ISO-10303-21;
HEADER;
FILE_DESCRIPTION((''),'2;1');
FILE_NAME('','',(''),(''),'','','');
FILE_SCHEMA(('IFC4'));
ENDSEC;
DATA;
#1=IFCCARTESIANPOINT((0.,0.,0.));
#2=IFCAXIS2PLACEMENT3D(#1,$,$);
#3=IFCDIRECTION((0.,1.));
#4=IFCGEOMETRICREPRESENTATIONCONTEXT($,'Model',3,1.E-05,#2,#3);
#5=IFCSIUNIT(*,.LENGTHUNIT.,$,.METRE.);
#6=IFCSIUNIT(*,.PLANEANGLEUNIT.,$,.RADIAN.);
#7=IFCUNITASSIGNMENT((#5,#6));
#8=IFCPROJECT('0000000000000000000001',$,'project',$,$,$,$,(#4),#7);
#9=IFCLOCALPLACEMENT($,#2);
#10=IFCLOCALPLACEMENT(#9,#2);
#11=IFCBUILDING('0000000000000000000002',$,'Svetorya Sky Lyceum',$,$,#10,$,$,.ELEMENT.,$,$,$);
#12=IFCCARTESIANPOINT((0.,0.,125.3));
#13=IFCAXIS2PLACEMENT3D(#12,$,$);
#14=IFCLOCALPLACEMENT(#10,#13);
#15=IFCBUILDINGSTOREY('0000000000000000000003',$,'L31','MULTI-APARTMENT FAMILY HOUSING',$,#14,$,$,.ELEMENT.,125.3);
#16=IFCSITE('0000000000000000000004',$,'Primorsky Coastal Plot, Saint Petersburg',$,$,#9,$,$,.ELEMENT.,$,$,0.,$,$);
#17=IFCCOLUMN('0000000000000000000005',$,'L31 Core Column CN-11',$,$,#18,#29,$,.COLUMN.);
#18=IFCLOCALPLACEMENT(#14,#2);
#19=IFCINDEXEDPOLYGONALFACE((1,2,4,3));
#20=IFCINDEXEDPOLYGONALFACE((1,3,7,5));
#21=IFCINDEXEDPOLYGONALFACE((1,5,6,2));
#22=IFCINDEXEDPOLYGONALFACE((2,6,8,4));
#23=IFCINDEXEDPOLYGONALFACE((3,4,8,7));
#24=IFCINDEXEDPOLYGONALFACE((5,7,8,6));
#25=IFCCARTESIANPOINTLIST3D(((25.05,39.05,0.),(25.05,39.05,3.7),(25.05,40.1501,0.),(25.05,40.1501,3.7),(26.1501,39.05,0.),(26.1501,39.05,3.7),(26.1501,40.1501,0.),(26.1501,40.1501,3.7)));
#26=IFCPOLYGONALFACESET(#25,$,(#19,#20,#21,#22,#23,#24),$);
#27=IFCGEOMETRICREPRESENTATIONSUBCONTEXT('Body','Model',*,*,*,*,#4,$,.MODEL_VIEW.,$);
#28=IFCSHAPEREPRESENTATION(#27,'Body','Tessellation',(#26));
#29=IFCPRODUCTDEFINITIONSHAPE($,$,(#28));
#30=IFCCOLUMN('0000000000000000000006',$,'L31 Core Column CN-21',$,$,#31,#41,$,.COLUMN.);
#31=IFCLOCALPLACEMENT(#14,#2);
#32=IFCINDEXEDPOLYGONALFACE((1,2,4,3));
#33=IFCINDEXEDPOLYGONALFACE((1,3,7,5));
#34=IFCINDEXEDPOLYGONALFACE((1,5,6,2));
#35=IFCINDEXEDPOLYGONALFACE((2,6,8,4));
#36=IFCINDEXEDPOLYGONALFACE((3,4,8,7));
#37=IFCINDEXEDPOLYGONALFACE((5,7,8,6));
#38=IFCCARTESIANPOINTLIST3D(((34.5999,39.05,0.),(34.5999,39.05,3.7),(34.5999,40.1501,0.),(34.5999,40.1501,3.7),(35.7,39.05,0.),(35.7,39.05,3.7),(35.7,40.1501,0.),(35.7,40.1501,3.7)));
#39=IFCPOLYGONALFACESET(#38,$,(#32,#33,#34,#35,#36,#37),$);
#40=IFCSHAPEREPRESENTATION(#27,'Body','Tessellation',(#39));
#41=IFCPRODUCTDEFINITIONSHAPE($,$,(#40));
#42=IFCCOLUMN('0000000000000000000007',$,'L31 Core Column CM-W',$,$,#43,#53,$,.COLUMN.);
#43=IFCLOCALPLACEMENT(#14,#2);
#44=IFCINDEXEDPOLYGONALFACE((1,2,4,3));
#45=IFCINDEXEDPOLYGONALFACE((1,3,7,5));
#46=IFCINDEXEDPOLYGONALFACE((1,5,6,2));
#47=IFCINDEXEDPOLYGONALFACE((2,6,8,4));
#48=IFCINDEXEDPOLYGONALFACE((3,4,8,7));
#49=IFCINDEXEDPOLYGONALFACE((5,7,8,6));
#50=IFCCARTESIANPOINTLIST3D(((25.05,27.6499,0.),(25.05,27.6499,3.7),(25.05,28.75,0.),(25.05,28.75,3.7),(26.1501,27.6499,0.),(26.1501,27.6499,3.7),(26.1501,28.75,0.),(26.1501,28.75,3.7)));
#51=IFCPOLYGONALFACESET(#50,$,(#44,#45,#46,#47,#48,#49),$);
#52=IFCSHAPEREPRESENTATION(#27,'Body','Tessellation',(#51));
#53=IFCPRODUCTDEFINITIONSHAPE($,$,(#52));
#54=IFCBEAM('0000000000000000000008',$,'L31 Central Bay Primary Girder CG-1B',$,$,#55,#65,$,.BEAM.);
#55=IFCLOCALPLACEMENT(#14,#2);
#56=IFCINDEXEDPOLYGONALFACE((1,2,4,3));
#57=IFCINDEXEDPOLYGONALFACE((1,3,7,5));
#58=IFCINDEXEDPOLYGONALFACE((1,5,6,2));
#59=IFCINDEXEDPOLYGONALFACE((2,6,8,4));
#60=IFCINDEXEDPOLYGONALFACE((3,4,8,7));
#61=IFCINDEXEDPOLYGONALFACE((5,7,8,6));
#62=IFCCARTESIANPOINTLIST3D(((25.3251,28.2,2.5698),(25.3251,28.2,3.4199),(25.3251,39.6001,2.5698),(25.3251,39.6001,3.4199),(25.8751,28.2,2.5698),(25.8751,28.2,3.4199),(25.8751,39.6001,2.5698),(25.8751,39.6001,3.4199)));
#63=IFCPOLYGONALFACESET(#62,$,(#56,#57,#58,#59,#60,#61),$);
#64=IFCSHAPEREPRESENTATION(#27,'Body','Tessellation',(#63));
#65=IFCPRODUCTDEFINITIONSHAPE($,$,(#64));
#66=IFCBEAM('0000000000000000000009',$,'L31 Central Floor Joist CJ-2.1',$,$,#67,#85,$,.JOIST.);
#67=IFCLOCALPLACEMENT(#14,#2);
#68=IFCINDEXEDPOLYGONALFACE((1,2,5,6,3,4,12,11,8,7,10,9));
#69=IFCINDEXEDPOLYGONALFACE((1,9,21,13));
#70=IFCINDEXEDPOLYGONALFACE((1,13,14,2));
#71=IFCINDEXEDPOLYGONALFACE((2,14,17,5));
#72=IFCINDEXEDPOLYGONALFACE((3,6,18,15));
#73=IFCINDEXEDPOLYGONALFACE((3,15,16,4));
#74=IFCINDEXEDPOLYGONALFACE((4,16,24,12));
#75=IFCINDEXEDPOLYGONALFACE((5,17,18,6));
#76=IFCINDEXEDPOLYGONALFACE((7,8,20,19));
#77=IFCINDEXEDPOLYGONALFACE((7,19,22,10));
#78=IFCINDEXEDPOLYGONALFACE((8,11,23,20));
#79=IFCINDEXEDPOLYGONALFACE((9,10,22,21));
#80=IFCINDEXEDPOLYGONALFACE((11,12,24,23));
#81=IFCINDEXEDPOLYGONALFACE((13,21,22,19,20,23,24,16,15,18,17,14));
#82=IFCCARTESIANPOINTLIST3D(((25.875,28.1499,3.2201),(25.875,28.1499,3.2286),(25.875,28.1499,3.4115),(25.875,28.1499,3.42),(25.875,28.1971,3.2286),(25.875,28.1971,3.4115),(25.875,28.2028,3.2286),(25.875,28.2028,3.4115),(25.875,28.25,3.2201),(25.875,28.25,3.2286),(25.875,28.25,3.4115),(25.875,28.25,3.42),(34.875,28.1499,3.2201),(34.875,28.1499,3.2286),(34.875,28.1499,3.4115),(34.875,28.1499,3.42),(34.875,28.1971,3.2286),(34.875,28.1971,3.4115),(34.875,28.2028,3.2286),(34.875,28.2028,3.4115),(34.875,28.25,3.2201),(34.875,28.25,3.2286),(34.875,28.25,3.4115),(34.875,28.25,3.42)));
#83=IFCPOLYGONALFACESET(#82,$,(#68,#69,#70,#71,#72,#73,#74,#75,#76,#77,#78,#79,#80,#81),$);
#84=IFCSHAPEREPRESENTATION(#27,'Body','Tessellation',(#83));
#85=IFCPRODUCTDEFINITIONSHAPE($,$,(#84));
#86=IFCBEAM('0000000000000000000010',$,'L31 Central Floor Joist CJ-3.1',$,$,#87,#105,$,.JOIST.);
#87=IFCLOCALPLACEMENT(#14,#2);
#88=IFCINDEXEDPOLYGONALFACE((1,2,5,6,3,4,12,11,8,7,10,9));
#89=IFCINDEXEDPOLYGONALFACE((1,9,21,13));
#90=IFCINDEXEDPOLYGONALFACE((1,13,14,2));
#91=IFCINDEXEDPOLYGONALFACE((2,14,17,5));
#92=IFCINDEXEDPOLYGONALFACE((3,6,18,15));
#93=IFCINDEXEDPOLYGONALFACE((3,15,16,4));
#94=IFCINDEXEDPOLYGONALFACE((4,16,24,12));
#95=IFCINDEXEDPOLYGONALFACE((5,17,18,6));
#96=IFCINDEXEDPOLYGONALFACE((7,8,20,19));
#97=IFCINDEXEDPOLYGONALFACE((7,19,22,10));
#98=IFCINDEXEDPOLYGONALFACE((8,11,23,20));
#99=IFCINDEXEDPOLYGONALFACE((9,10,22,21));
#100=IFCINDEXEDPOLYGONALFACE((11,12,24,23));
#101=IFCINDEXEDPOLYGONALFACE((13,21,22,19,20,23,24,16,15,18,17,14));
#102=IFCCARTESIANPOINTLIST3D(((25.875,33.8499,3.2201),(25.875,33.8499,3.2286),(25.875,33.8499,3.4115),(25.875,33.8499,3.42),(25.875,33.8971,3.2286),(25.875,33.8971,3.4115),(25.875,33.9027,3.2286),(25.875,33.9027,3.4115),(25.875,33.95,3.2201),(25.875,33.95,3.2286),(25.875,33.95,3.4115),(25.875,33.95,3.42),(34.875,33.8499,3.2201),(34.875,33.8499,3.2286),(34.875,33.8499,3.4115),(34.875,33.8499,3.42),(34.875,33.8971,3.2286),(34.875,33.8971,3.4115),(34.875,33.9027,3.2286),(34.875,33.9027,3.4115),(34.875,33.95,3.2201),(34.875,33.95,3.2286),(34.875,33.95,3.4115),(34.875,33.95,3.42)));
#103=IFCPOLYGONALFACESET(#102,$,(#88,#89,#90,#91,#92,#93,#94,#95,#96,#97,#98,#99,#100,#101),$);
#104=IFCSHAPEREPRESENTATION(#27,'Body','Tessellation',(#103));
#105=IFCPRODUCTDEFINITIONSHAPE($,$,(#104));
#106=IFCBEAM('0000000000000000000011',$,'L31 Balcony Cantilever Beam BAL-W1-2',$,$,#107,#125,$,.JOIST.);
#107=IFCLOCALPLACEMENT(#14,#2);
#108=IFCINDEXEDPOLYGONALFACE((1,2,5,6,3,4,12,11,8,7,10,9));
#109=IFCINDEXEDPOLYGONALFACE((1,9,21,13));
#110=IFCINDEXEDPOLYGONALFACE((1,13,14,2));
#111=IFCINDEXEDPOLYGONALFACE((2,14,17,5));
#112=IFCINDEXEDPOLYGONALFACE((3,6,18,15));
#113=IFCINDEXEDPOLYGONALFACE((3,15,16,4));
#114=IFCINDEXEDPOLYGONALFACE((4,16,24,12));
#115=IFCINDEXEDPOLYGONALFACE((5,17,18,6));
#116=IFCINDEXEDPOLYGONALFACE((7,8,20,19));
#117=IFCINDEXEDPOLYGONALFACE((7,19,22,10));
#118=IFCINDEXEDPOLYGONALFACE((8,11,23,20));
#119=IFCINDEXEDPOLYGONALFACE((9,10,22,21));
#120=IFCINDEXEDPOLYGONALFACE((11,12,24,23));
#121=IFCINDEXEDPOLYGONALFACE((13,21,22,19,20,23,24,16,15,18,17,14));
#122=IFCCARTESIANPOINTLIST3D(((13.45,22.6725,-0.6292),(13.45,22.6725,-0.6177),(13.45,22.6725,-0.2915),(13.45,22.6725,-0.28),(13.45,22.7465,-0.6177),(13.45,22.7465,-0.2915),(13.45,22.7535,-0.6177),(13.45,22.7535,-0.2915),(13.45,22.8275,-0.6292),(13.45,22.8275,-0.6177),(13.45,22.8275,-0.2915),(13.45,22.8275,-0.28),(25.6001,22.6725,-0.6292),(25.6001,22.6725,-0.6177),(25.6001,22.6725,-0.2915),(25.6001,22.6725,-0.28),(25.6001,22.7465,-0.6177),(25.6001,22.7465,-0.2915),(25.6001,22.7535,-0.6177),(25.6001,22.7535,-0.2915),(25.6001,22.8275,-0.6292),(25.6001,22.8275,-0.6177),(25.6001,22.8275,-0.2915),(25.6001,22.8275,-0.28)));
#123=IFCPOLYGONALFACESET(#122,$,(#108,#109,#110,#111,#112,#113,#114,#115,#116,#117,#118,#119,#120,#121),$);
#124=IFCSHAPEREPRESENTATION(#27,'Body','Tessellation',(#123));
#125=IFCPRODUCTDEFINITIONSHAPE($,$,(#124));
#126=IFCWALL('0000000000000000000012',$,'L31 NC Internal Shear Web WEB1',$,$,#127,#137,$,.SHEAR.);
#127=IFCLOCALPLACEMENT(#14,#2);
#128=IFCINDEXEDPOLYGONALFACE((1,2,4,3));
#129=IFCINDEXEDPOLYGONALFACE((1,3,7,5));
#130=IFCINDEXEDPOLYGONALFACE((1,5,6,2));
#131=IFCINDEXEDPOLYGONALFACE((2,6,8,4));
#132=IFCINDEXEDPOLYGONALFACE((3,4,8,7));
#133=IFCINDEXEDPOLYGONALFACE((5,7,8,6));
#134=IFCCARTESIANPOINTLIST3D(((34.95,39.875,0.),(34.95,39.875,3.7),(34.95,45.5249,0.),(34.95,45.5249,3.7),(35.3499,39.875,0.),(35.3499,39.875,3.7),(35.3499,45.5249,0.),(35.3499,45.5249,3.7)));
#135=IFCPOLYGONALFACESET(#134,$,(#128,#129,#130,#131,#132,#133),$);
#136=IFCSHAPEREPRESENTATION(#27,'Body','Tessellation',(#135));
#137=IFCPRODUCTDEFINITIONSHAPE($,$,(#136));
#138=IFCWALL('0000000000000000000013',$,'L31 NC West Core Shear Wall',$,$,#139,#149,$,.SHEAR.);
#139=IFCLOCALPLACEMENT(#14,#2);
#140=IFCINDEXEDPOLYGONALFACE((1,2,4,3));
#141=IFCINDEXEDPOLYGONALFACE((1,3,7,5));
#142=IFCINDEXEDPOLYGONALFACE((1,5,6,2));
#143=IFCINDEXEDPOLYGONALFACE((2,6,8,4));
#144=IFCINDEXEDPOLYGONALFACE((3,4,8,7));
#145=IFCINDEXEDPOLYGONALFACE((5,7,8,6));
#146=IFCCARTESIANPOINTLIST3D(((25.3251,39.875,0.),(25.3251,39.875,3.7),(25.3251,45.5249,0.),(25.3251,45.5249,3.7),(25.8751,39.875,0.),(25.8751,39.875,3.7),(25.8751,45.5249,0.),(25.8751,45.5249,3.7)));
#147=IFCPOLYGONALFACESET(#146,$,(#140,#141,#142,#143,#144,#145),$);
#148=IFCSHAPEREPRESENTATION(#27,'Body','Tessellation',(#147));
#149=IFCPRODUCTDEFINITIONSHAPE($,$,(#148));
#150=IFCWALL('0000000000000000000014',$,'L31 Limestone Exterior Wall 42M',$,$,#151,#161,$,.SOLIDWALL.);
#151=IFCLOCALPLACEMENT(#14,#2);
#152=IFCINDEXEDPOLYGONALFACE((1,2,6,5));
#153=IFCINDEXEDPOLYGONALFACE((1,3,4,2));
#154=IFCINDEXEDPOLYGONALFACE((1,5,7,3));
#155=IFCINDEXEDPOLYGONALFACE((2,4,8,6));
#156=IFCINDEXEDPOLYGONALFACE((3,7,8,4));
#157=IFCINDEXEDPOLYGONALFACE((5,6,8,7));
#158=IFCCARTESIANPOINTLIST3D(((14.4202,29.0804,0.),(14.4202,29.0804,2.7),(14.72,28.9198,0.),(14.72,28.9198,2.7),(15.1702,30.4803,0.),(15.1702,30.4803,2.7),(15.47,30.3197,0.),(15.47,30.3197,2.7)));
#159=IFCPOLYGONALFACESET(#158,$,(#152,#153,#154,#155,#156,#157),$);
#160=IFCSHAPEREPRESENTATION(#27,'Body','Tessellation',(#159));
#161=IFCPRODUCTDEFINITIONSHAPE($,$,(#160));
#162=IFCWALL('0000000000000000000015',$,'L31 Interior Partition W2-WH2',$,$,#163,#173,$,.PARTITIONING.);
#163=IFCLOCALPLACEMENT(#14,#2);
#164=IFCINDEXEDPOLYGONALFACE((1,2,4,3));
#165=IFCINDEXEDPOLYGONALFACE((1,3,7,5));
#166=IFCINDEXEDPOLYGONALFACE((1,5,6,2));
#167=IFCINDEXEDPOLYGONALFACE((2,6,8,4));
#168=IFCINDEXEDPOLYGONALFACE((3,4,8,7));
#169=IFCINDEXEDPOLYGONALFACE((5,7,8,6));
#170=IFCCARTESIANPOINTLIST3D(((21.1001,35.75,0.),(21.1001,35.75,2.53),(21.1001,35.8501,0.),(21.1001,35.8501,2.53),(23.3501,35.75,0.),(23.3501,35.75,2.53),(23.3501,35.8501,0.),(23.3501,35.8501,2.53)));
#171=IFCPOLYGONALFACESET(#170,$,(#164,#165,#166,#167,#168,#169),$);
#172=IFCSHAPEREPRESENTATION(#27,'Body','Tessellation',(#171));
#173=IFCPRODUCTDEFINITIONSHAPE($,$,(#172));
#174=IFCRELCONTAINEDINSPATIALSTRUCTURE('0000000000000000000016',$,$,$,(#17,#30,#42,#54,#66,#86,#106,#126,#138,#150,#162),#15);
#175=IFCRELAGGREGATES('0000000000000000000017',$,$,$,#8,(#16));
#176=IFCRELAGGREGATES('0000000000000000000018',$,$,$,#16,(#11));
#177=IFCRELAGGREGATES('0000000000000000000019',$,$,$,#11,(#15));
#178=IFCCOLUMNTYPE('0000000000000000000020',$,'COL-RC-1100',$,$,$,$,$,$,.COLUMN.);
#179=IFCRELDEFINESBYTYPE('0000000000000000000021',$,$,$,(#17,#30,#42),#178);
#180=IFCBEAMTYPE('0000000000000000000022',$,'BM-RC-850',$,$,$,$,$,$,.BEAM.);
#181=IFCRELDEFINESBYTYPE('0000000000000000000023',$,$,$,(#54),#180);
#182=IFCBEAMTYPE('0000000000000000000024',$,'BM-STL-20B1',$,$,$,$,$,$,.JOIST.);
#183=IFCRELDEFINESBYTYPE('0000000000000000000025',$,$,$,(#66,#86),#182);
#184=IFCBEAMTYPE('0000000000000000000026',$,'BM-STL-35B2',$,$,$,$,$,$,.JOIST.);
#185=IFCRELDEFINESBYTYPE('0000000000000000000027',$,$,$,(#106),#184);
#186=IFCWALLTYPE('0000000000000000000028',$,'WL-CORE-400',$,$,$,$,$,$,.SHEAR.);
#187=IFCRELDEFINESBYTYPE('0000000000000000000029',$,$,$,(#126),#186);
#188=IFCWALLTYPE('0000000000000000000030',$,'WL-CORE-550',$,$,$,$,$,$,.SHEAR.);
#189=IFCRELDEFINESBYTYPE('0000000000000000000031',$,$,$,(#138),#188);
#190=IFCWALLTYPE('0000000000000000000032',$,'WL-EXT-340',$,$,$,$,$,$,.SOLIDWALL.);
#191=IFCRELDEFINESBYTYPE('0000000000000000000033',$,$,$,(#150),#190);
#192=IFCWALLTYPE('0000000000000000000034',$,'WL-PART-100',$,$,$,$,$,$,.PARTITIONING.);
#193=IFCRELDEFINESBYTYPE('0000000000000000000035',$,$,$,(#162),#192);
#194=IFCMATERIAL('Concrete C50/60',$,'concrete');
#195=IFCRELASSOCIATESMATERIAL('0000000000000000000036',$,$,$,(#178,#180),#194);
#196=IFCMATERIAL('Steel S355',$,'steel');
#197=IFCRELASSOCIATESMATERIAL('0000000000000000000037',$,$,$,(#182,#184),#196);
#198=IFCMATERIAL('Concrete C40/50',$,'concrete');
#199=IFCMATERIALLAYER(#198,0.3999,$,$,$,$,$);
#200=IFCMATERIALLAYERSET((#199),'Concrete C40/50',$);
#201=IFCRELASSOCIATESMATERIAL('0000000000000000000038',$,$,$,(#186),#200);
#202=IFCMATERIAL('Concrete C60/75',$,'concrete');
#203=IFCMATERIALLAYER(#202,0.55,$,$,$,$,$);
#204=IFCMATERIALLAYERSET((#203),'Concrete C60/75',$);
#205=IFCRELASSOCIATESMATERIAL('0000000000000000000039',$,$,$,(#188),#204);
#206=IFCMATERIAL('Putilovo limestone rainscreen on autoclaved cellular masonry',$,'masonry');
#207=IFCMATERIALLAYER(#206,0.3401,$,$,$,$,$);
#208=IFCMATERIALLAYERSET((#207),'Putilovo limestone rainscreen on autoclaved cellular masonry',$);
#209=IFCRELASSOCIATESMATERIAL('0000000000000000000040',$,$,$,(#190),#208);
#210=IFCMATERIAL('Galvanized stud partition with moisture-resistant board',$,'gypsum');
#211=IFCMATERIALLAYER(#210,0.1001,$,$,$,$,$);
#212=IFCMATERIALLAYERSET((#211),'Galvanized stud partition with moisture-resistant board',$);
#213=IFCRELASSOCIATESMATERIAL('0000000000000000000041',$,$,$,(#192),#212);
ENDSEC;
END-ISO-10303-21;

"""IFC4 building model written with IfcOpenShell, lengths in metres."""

from ifc_helpers import new_model, si_unit, direction, frame, frame_2d, origin, origin_2d, place, context, subcontext, project, spatial, rectangle, i_section, extrude, material, layer, layer_set, material_profile, profile_set, type_object, element, save


model = new_model("IFC4")

# Units and contexts
model_context = context("Model", 3, precision=1e-05, world=origin(), true_north=direction((0.0, 1.0)))
body_context = subcontext(model_context, "Body", "Model", "MODEL_VIEW")
ifc_project = project(units=[si_unit("LENGTHUNIT", "METRE"), si_unit("PLANEANGLEUNIT", "RADIAN")], contexts=[model_context])

# Site, building, storey
site_placement = place(None, origin())
site = spatial("IfcSite", under=ifc_project, at=site_placement, Name="Primorsky Coastal Plot, Saint Petersburg", CompositionType="ELEMENT", RefElevation=0.0)
building_placement = place(site_placement, origin())
building = spatial("IfcBuilding", under=site, at=building_placement, Name="Svetorya Sky Lyceum", CompositionType="ELEMENT")
storey_placement = place(building_placement, frame((0.0, 0.0, 125.3)))
storey = spatial("IfcBuildingStorey", under=building, at=storey_placement, Name="L31", Description="MULTI-APARTMENT FAMILY HOUSING", CompositionType="ELEMENT", Elevation=125.3)

# Columns
ifc_material_1 = material(Name="Concrete C50/60", Category="concrete")
ifc_material_profile_1 = material_profile(ifc_material_1, rectangle(XDim=1.1001, YDim=1.1001, at=origin_2d()), Name="RC COL 1100x1100")
ifc_profile_set_1 = profile_set([ifc_material_profile_1], Name="Concrete C50/60")
column_type = type_object("IfcColumnType", Name="COL-RC-1100", PredefinedType="COLUMN", material=ifc_profile_set_1)
for number, where, z_axis, x_axis, name in (
    (1, (25.6001, 39.6001, 0.0), (0.0, 0.0, 1.0), (1.0, 0.0, 0.0), "L31 Core Column CN-11"),
    (2, (35.1499, 39.6001, 0.0), (0.0, 0.0, 1.0), (1.0, 0.0, 0.0), "L31 Core Column CN-21"),
    (3, (25.6001, 28.2, 0.0), (0.0, 0.0, 1.0), (1.0, 0.0, 0.0), "L31 Core Column CM-W"),
):
    element("IfcColumn", number, at=place(storey_placement, frame(where, z_axis=z_axis, x_axis=x_axis)), inside=storey, type_object=column_type, Name=name, PredefinedType="COLUMN", context=body_context, shape_type="SweptSolid", body=[
        extrude(rectangle(XDim=1.1001, YDim=1.1001, at=origin_2d()), origin(), (0.0, 0.0, 1.0), 3.7),
    ])

# Beams
ifc_material_profile_2 = material_profile(ifc_material_1, rectangle(XDim=0.55, YDim=0.8501, at=origin_2d()), Name="RC BEAM 550x850")
ifc_profile_set_2 = profile_set([ifc_material_profile_2], Name="Concrete C50/60")
beam_type_1 = type_object("IfcBeamType", Name="BM-RC-850", PredefinedType="BEAM", material=ifc_profile_set_2)
beam_1_placement = place(storey_placement, frame((25.6001, 28.2, 2.9949), z_axis=(0.0, 1.0, 0.0), x_axis=(-1.0, 0.0, 0.0)))
element("IfcBeam", 4, at=beam_1_placement, inside=storey, type_object=beam_type_1, Name="L31 Central Bay Primary Girder CG-1B", PredefinedType="BEAM", context=body_context, shape_type="SweptSolid", body=[
    extrude(rectangle(XDim=0.55, YDim=0.8501, at=origin_2d()), origin(), (0.0, 0.0, 1.0), 11.4001),
])
ifc_material_2 = material(Name="Steel S355", Category="steel")
ifc_material_profile_3 = material_profile(ifc_material_2, i_section(OverallWidth=0.1001, OverallDepth=0.2, WebThickness=0.0056, FlangeThickness=0.0085, at=origin_2d()), Name="GOST 20B1")
ifc_profile_set_3 = profile_set([ifc_material_profile_3], Name="Steel S355")
beam_type_2 = type_object("IfcBeamType", Name="BM-STL-20B1", PredefinedType="JOIST", material=ifc_profile_set_3)
for number, where, z_axis, x_axis, name in (
    (5, (25.875, 28.2, 3.3201), (1.0, 0.0, 0.0), (0.0, 1.0, 0.0), "L31 Central Floor Joist CJ-2.1"),
    (6, (25.875, 33.8999, 3.3201), (1.0, 0.0, 0.0), (0.0, 1.0, 0.0), "L31 Central Floor Joist CJ-3.1"),
):
    element("IfcBeam", number, at=place(storey_placement, frame(where, z_axis=z_axis, x_axis=x_axis)), inside=storey, type_object=beam_type_2, Name=name, PredefinedType="JOIST", context=body_context, shape_type="SweptSolid", body=[
        extrude(i_section(OverallWidth=0.1001, OverallDepth=0.2, WebThickness=0.0056, FlangeThickness=0.0085, at=origin_2d()), origin(), (0.0, 0.0, 1.0), 9.0),
    ])
ifc_material_profile_4 = material_profile(ifc_material_2, i_section(OverallWidth=0.155, OverallDepth=0.3491, WebThickness=0.0071, FlangeThickness=0.0115, at=origin_2d()), Name="GOST 35B2")
ifc_profile_set_4 = profile_set([ifc_material_profile_4], Name="Steel S355")
beam_type_3 = type_object("IfcBeamType", Name="BM-STL-35B2", PredefinedType="JOIST", material=ifc_profile_set_4)
beam_2_placement = place(storey_placement, frame((25.6001, 22.75, -0.4546), z_axis=(-1.0, 0.0, 0.0), x_axis=(0.0, -1.0, 0.0)))
element("IfcBeam", 7, at=beam_2_placement, inside=storey, type_object=beam_type_3, Name="L31 Balcony Cantilever Beam BAL-W1-2", PredefinedType="JOIST", context=body_context, shape_type="SweptSolid", body=[
    extrude(i_section(OverallWidth=0.155, OverallDepth=0.3491, WebThickness=0.0071, FlangeThickness=0.0115, at=origin_2d()), origin(), (0.0, 0.0, 1.0), 12.1501),
])

# Walls
ifc_material_3 = material(Name="Concrete C40/50", Category="concrete")
ifc_layer_1 = layer(ifc_material_3, 0.3999)
ifc_layer_set_1 = layer_set([ifc_layer_1], Name="Concrete C40/50")
wall_type_1 = type_object("IfcWallType", Name="WL-CORE-400", PredefinedType="SHEAR", material=ifc_layer_set_1)
wall_1_placement = place(storey_placement, frame((35.1499, 39.875, 0.0), z_axis=(0.0, 0.0, 1.0), x_axis=(0.0, 1.0, 0.0)))
element("IfcWall", 8, at=wall_1_placement, inside=storey, type_object=wall_type_1, Name="L31 NC Internal Shear Web WEB1", PredefinedType="SHEAR", context=body_context, shape_type="SweptSolid", body=[
    extrude(rectangle(XDim=5.6499, YDim=0.3999, at=frame_2d((2.825, 0.0))), origin(), (0.0, 0.0, 1.0), 3.7),
])
ifc_material_4 = material(Name="Concrete C60/75", Category="concrete")
ifc_layer_2 = layer(ifc_material_4, 0.55)
ifc_layer_set_2 = layer_set([ifc_layer_2], Name="Concrete C60/75")
wall_type_2 = type_object("IfcWallType", Name="WL-CORE-550", PredefinedType="SHEAR", material=ifc_layer_set_2)
wall_2_placement = place(storey_placement, frame((25.6001, 39.875, 0.0), z_axis=(0.0, 0.0, 1.0), x_axis=(0.0, 1.0, 0.0)))
element("IfcWall", 9, at=wall_2_placement, inside=storey, type_object=wall_type_2, Name="L31 NC West Core Shear Wall", PredefinedType="SHEAR", context=body_context, shape_type="SweptSolid", body=[
    extrude(rectangle(XDim=5.6499, YDim=0.55, at=frame_2d((2.825, 0.0))), origin(), (0.0, 0.0, 1.0), 3.7),
])
ifc_material_5 = material(Name="Putilovo limestone rainscreen on autoclaved cellular masonry", Category="masonry")
ifc_layer_3 = layer(ifc_material_5, 0.3401)
ifc_layer_set_3 = layer_set([ifc_layer_3], Name="Putilovo limestone rainscreen on autoclaved cellular masonry")
wall_type_3 = type_object("IfcWallType", Name="WL-EXT-340", PredefinedType="SOLIDWALL", material=ifc_layer_set_3)
wall_3_placement = place(storey_placement, frame((15.3201, 30.3999, 0.0), z_axis=(0.0, 0.0, 1.0), x_axis=(-0.472247, -0.881466, 0.0)))
element("IfcWall", 10, at=wall_3_placement, inside=storey, type_object=wall_type_3, Name="L31 Limestone Exterior Wall 42M", PredefinedType="SOLIDWALL", context=body_context, shape_type="SweptSolid", body=[
    extrude(rectangle(XDim=1.5881, YDim=0.3401, at=frame_2d((0.7939, 0.0))), origin(), (0.0, 0.0, 1.0), 2.7),
])
ifc_material_6 = material(Name="Galvanized stud partition with moisture-resistant board", Category="gypsum")
ifc_layer_4 = layer(ifc_material_6, 0.1001)
ifc_layer_set_4 = layer_set([ifc_layer_4], Name="Galvanized stud partition with moisture-resistant board")
wall_type_4 = type_object("IfcWallType", Name="WL-PART-100", PredefinedType="PARTITIONING", material=ifc_layer_set_4)
wall_4_placement = place(storey_placement, frame((21.1001, 35.8, 0.0), z_axis=(0.0, 0.0, 1.0), x_axis=(1.0, 0.0, 0.0)))
element("IfcWall", 11, at=wall_4_placement, inside=storey, type_object=wall_type_4, Name="L31 Interior Partition W2-WH2", PredefinedType="PARTITIONING", context=body_context, shape_type="SweptSolid", body=[
    extrude(rectangle(XDim=2.25, YDim=0.1001, at=frame_2d((1.125, 0.0))), origin(), (0.0, 0.0, 1.0), 2.53),
])

save(model, "model.ifc")
